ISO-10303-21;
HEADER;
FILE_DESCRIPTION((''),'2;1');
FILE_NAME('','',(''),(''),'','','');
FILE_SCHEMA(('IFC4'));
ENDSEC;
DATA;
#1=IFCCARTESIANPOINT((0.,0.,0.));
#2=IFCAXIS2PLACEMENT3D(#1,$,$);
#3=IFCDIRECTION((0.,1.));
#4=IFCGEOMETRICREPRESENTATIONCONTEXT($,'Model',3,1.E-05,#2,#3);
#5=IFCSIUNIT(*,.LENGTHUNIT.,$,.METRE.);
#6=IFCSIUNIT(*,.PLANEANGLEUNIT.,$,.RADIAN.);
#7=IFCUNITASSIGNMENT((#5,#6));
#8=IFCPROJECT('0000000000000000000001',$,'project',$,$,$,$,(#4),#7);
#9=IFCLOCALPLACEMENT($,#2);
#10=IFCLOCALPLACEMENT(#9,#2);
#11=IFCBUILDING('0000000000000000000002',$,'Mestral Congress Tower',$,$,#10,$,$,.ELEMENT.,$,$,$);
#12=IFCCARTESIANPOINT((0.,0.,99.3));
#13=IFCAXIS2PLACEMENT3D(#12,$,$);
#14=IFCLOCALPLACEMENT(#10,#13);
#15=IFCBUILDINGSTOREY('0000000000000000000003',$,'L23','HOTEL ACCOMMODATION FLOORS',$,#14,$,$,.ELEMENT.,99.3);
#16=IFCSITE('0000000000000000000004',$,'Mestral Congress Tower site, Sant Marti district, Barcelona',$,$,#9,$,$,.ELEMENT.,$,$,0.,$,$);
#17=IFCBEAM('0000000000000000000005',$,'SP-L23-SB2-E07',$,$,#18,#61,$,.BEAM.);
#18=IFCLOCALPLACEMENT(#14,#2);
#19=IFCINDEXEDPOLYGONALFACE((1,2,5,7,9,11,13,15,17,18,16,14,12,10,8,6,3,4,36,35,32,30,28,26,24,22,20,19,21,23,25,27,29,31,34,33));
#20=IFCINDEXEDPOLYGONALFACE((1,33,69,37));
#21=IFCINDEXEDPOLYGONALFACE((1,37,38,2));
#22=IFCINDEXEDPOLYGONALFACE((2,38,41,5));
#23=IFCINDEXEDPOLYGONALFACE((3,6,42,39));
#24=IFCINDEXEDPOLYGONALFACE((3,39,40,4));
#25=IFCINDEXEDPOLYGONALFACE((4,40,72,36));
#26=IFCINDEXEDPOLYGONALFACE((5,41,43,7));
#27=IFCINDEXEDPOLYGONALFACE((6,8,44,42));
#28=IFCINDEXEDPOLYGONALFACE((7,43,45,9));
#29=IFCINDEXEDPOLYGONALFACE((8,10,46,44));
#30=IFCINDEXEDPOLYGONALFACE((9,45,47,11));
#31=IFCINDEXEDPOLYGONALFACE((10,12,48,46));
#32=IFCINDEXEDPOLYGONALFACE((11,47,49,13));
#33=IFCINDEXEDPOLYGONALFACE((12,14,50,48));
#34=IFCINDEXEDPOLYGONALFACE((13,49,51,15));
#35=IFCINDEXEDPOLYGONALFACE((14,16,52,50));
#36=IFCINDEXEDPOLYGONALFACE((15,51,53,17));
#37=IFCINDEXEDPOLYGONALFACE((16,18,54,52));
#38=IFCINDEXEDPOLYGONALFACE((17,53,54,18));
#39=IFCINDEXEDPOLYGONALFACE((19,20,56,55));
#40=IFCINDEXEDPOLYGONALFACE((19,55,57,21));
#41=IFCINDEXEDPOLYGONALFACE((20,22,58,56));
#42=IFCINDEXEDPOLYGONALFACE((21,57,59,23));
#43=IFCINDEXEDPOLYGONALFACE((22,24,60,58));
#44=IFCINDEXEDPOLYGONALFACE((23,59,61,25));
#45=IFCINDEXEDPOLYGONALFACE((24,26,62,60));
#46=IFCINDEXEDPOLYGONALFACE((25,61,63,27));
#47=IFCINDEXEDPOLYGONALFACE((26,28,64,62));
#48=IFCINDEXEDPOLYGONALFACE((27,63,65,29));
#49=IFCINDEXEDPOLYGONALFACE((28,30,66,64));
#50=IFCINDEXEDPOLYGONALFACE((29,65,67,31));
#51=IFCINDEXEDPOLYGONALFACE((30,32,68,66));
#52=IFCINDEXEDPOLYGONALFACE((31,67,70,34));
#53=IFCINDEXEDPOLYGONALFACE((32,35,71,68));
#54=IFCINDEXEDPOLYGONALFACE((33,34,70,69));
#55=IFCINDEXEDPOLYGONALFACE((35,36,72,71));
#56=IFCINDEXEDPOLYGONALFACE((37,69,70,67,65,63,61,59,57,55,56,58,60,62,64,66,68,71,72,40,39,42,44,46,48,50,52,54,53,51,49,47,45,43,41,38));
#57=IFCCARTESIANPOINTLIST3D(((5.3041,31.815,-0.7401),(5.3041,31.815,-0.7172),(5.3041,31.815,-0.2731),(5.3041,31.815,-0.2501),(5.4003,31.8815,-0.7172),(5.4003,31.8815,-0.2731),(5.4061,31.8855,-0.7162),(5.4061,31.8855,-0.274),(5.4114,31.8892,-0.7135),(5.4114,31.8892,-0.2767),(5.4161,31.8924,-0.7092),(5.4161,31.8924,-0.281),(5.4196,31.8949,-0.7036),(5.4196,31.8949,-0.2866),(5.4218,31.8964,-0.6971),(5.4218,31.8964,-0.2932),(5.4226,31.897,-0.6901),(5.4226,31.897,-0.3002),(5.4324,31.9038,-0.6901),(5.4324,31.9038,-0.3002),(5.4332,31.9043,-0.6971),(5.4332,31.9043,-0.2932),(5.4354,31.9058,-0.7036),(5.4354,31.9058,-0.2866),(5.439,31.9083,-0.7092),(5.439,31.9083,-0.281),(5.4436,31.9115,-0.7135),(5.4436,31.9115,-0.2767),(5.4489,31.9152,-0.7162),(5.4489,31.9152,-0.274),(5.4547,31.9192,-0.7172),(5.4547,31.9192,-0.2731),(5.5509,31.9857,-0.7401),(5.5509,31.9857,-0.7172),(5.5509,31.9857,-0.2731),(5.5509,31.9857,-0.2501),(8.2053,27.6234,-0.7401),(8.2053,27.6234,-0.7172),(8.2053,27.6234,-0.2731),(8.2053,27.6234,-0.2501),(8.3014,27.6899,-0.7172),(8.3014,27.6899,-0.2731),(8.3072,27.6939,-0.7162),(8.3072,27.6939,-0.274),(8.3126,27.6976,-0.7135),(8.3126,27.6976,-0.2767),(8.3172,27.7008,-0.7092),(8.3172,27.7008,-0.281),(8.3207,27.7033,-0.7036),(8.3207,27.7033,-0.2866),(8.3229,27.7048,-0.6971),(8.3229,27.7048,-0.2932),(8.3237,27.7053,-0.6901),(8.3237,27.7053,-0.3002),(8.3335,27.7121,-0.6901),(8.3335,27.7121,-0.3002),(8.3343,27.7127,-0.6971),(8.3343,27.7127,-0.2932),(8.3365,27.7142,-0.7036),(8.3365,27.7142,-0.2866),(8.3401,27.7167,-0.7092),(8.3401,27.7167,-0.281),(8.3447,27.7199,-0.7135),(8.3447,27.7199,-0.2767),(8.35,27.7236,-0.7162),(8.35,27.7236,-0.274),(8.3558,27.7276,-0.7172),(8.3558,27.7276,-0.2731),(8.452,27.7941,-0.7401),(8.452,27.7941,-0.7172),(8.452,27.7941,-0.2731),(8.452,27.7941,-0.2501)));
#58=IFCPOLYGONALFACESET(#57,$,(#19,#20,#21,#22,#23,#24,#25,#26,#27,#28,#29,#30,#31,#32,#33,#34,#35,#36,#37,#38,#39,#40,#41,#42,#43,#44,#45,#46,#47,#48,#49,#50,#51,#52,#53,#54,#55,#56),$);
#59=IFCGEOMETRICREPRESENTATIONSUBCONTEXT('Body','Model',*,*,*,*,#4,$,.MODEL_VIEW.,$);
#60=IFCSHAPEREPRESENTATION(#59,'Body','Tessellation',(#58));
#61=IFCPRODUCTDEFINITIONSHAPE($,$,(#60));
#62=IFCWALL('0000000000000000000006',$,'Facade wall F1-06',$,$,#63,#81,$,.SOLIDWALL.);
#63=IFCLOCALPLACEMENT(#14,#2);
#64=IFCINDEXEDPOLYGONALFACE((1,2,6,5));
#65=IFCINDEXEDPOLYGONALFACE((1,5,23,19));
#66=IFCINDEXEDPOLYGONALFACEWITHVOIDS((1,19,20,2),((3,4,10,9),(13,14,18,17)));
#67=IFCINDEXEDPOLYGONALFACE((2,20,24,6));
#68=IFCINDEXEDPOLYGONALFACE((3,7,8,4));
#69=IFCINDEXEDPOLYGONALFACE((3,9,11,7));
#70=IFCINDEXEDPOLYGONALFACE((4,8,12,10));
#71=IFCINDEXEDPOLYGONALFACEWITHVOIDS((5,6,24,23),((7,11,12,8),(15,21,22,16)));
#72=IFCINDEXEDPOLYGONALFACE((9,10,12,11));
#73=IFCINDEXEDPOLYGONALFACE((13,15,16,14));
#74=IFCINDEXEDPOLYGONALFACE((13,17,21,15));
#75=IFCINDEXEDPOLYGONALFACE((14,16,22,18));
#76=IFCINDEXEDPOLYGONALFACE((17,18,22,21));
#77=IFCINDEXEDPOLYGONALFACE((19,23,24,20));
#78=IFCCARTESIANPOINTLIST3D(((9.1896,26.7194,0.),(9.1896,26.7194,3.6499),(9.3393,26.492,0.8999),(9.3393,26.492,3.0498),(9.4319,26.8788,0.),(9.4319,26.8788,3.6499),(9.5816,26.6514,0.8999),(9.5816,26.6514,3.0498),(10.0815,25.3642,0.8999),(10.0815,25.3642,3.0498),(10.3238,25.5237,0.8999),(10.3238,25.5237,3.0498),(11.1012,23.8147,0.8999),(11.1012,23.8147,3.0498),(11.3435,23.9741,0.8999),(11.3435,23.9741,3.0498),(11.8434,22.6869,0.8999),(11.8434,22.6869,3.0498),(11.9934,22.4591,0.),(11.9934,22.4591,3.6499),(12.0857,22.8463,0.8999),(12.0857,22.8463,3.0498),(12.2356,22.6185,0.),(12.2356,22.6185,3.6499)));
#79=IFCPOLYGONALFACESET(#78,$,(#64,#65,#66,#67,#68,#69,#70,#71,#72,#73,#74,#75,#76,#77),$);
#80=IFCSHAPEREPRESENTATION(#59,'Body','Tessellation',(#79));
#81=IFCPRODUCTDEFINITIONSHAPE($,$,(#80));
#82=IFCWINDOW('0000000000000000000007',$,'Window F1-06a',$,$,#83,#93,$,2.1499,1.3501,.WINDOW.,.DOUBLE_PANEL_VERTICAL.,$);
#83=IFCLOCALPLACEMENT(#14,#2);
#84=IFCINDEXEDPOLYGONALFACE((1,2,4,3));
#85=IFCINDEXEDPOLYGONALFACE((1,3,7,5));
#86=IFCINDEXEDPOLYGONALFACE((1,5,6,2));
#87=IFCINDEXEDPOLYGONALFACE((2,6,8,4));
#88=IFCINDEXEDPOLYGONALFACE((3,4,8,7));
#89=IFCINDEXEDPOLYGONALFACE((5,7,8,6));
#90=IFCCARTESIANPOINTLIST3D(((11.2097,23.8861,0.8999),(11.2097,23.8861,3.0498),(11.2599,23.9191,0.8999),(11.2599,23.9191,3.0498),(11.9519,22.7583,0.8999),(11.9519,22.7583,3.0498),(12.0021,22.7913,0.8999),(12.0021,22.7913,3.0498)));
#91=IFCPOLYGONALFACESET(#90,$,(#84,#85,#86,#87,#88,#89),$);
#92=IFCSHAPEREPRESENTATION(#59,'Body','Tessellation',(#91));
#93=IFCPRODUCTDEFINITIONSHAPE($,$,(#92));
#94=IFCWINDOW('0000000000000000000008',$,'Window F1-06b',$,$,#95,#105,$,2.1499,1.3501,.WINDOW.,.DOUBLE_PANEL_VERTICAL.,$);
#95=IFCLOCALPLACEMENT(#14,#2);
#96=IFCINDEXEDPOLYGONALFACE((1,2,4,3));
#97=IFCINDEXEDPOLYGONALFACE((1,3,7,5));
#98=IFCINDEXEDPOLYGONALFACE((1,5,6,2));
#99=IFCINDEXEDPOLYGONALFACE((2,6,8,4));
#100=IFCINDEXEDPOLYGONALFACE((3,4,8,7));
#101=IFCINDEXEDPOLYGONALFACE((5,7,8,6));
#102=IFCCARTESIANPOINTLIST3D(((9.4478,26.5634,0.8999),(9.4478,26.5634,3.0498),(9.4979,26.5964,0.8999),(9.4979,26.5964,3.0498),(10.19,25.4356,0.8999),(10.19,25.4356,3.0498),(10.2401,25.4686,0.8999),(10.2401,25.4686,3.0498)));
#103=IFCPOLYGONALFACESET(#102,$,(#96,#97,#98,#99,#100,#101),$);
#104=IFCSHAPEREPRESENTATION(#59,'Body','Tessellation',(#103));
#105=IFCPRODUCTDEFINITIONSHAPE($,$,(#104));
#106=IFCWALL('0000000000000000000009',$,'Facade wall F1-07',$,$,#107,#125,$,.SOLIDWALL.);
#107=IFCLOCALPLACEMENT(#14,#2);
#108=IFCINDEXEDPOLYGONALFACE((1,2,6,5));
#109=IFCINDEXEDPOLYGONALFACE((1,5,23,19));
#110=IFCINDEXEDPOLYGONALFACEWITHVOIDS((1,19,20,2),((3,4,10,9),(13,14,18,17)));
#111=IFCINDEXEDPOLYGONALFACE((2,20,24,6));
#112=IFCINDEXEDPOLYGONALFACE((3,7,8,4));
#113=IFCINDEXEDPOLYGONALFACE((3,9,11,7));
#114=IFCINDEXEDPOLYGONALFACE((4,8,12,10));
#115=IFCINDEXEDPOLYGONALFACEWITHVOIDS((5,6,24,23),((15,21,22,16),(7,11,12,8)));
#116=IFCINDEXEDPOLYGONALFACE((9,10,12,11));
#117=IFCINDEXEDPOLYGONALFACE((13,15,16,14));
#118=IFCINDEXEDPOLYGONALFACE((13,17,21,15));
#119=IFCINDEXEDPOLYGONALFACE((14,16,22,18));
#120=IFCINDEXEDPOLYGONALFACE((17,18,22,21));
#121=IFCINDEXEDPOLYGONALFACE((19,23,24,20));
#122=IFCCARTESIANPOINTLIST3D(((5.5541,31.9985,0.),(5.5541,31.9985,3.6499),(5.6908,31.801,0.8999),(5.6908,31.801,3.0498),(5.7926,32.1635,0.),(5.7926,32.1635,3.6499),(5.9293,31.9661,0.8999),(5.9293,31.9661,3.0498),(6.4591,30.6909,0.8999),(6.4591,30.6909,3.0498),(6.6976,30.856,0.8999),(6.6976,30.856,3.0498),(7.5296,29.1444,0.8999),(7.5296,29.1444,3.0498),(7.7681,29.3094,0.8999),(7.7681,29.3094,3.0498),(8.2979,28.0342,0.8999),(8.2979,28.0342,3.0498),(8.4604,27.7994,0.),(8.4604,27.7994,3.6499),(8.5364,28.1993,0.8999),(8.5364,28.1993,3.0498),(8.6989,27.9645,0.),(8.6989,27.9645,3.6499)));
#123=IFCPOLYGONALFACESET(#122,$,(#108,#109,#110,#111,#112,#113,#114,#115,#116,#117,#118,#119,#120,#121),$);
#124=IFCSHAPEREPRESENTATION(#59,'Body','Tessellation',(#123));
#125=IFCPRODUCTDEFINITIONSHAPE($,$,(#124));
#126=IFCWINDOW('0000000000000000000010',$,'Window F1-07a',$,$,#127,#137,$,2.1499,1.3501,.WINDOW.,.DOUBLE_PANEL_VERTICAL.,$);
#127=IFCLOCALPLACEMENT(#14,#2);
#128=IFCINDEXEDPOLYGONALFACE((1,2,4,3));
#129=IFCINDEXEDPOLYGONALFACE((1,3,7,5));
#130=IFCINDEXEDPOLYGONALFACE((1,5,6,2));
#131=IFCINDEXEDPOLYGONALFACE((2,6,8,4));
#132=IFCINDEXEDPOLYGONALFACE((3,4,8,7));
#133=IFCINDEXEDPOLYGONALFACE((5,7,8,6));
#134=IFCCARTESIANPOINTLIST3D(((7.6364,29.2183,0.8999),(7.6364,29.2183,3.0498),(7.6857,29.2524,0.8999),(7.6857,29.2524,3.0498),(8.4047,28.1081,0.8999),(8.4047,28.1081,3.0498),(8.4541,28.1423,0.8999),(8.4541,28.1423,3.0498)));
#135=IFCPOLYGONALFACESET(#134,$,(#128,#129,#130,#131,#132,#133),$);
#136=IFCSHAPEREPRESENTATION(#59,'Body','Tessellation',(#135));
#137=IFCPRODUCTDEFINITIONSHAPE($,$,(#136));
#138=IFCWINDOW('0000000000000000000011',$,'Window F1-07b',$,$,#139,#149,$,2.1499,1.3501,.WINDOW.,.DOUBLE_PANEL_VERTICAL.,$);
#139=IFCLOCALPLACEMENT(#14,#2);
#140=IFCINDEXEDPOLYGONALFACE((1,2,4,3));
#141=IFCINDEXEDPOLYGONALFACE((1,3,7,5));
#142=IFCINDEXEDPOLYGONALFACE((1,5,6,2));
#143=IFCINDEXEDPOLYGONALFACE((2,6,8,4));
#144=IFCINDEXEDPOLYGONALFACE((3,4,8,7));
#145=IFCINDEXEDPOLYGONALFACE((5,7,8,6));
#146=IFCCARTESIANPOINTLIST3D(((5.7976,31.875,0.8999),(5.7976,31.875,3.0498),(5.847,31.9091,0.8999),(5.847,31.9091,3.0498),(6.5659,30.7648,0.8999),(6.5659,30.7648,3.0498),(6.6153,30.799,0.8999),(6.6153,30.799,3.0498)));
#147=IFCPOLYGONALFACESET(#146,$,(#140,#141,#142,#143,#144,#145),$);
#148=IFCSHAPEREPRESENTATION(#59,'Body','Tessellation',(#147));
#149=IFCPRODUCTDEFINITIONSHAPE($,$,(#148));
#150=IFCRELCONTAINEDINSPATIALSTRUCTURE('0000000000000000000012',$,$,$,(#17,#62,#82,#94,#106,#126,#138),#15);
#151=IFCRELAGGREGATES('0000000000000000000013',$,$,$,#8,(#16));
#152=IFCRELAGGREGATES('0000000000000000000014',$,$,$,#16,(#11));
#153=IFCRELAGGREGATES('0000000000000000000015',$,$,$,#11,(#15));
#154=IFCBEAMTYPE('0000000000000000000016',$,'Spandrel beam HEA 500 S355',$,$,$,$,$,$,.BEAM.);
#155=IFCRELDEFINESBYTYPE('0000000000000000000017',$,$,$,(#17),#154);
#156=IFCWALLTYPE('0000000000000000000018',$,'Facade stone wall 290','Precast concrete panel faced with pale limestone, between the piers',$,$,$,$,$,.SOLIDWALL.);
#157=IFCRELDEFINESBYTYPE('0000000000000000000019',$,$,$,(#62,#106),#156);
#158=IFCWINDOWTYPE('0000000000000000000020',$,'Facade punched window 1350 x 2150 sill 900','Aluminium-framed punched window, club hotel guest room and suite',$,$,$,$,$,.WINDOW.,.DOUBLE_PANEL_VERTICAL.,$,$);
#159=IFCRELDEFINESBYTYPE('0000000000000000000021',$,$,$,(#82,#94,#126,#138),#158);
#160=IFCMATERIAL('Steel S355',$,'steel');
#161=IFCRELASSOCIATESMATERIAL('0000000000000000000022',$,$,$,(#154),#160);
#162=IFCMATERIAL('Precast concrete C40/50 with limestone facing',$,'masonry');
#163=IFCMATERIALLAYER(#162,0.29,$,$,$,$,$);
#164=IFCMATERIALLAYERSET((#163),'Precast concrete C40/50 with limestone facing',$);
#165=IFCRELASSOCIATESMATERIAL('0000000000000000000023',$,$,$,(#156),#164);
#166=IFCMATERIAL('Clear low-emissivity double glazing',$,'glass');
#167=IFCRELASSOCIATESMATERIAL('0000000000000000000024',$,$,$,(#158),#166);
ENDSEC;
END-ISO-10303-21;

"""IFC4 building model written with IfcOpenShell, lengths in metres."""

from ifc_helpers import new_model, si_unit, direction, frame, frame_2d, origin, origin_2d, place, context, subcontext, project, spatial, rectangle, i_section, extrude, material, layer, layer_set, material_profile, profile_set, type_object, element, fill, save


model = new_model("IFC4")

# Units and contexts
model_context = context("Model", 3, precision=1e-05, world=origin(), true_north=direction((0.0, 1.0)))
body_context = subcontext(model_context, "Body", "Model", "MODEL_VIEW")
ifc_project = project(units=[si_unit("LENGTHUNIT", "METRE"), si_unit("PLANEANGLEUNIT", "RADIAN")], contexts=[model_context])

# Site, building, storey
site_placement = place(None, origin())
site = spatial("IfcSite", under=ifc_project, at=site_placement, Name="Mestral Congress Tower site, Sant Marti district, Barcelona", CompositionType="ELEMENT", RefElevation=0.0)
building_placement = place(site_placement, origin())
building = spatial("IfcBuilding", under=site, at=building_placement, Name="Mestral Congress Tower", CompositionType="ELEMENT")
storey_placement = place(building_placement, frame((0.0, 0.0, 99.3)))
storey = spatial("IfcBuildingStorey", under=building, at=storey_placement, Name="L23", Description="HOTEL ACCOMMODATION FLOORS", CompositionType="ELEMENT", Elevation=99.3)

# Beam
ifc_material_1 = material(Name="Steel S355", Category="steel")
ifc_material_profile_1 = material_profile(ifc_material_1, i_section(OverallWidth=0.3, OverallDepth=0.49, WebThickness=0.012, FlangeThickness=0.0229, FilletRadius=0.0271, at=origin_2d()), Name="HEA 500")
ifc_profile_set_1 = profile_set([ifc_material_profile_1], Name="Steel S355")
beam_type_1 = type_object("IfcBeamType", Name="Spandrel beam HEA 500 S355", PredefinedType="BEAM", material=ifc_profile_set_1)
beam_1_placement = place(storey_placement, frame((8.3286, 27.7087, -0.4951), z_axis=(-0.569105, 0.822265, 0.0), x_axis=(-0.822265, -0.569105, 0.0)))
element("IfcBeam", 1, at=beam_1_placement, inside=storey, type_object=beam_type_1, Name="SP-L23-SB2-E07", PredefinedType="BEAM", context=body_context, shape_type="SweptSolid", body=[
    extrude(i_section(OverallWidth=0.3, OverallDepth=0.49, WebThickness=0.012, FlangeThickness=0.0229, FilletRadius=0.0271, at=origin_2d()), origin(), (0.0, 0.0, 1.0), 5.0977),
])

# Walls, openings, windows
ifc_material_2 = material(Name="Precast concrete C40/50 with limestone facing", Category="masonry")
ifc_layer_1 = layer(ifc_material_2, 0.29)
ifc_layer_set_1 = layer_set([ifc_layer_1], Name="Precast concrete C40/50 with limestone facing")
wall_type_1 = type_object("IfcWallType", Name="Facade stone wall 290", Description="Precast concrete panel faced with pale limestone, between the piers", PredefinedType="SOLIDWALL", material=ifc_layer_set_1)
wall_1_placement = place(storey_placement, frame((12.1145, 22.5388, 0.0), z_axis=(0.0, 0.0, 1.0), x_axis=(-0.549741, 0.835335, 0.0)))
wall_1 = element("IfcWall", 2, at=wall_1_placement, inside=storey, type_object=wall_type_1, Name="Facade wall F1-06", PredefinedType="SOLIDWALL", context=body_context, shape_type="SweptSolid", body=[
    extrude(rectangle(XDim=5.1001, YDim=0.29, at=frame_2d((2.55, 0.0))), origin(), (0.0, 0.0, 1.0), 3.6499),
])
opening_1_placement = place(wall_1_placement, frame((0.2727, 0.0, 0.8999)))
opening_1 = element("IfcOpeningElement", 3, at=opening_1_placement, cuts=wall_1, PredefinedType="OPENING", context=body_context, shape_type="SweptSolid", body=[
    extrude(rectangle(XDim=1.3501, YDim=2.1499, at=frame_2d((0.675, 1.075))), frame((0.0, 0.155, 0.0), z_axis=(0.0, -1.0, 0.0), x_axis=(1.0, 0.0, 0.0)), (0.0, 0.0, 1.0), 0.3101),
])
opening_2_placement = place(wall_1_placement, frame((3.4778, 0.0, 0.8999)))
opening_2 = element("IfcOpeningElement", 4, at=opening_2_placement, cuts=wall_1, PredefinedType="OPENING", context=body_context, shape_type="SweptSolid", body=[
    extrude(rectangle(XDim=1.3501, YDim=2.1499, at=frame_2d((0.675, 1.075))), frame((0.0, 0.155, 0.0), z_axis=(0.0, -1.0, 0.0), x_axis=(1.0, 0.0, 0.0)), (0.0, 0.0, 1.0), 0.3101),
])
ifc_material_3 = material(Name="Clear low-emissivity double glazing", Category="glass")
window_type = type_object("IfcWindowType", Name="Facade punched window 1350 x 2150 sill 900", Description="Aluminium-framed punched window, club hotel guest room and suite", PartitioningType="DOUBLE_PANEL_VERTICAL", PredefinedType="WINDOW", material=ifc_material_3)
window_1_placement = place(opening_1_placement, origin())
window_1 = element("IfcWindow", 5, at=window_1_placement, inside=storey, type_object=window_type, Name="Window F1-06a", OverallHeight=2.1499, OverallWidth=1.3501, PartitioningType="DOUBLE_PANEL_VERTICAL", PredefinedType="WINDOW", context=body_context, shape_type="SweptSolid", body=[
    extrude(rectangle(XDim=1.3501, YDim=2.1499, at=frame_2d((0.675, 1.075))), frame((0.0, 0.0151, 0.0), z_axis=(0.0, -1.0, 0.0), x_axis=(1.0, 0.0, 0.0)), (0.0, 0.0, 1.0), 0.0601),
])
fill(opening_1, window_1)
window_2_placement = place(opening_2_placement, origin())
window_2 = element("IfcWindow", 6, at=window_2_placement, inside=storey, type_object=window_type, Name="Window F1-06b", OverallHeight=2.1499, OverallWidth=1.3501, PartitioningType="DOUBLE_PANEL_VERTICAL", PredefinedType="WINDOW", context=body_context, shape_type="SweptSolid", body=[
    extrude(rectangle(XDim=1.3501, YDim=2.1499, at=frame_2d((0.675, 1.075))), frame((0.0, 0.0151, 0.0), z_axis=(0.0, -1.0, 0.0), x_axis=(1.0, 0.0, 0.0)), (0.0, 0.0, 1.0), 0.0601),
])
fill(opening_2, window_2)
wall_2_placement = place(storey_placement, frame((8.5796, 27.8821, 0.0), z_axis=(0.0, 0.0, 1.0), x_axis=(-0.569113, 0.822259, 0.0)))
wall_2 = element("IfcWall", 7, at=wall_2_placement, inside=storey, type_object=wall_type_1, Name="Facade wall F1-07", PredefinedType="SOLIDWALL", context=body_context, shape_type="SweptSolid", body=[
    extrude(rectangle(XDim=5.1067, YDim=0.29, at=frame_2d((2.5532, 0.0))), origin(), (0.0, 0.0, 1.0), 3.6499),
])
opening_3_placement = place(wall_2_placement, frame((0.2854, 0.0, 0.8999)))
opening_3 = element("IfcOpeningElement", 8, at=opening_3_placement, cuts=wall_2, PredefinedType="OPENING", context=body_context, shape_type="SweptSolid", body=[
    extrude(rectangle(XDim=1.3501, YDim=2.1499, at=frame_2d((0.675, 1.075))), frame((0.0, 0.155, 0.0), z_axis=(0.0, -1.0, 0.0), x_axis=(1.0, 0.0, 0.0)), (0.0, 0.0, 1.0), 0.3101),
])
opening_4_placement = place(wall_2_placement, frame((3.5164, 0.0, 0.8999)))
opening_4 = element("IfcOpeningElement", 9, at=opening_4_placement, cuts=wall_2, PredefinedType="OPENING", context=body_context, shape_type="SweptSolid", body=[
    extrude(rectangle(XDim=1.3501, YDim=2.1499, at=frame_2d((0.675, 1.075))), frame((0.0, 0.155, 0.0), z_axis=(0.0, -1.0, 0.0), x_axis=(1.0, 0.0, 0.0)), (0.0, 0.0, 1.0), 0.3101),
])
window_3_placement = place(opening_3_placement, origin())
window_3 = element("IfcWindow", 10, at=window_3_placement, inside=storey, type_object=window_type, Name="Window F1-07a", OverallHeight=2.1499, OverallWidth=1.3501, PartitioningType="DOUBLE_PANEL_VERTICAL", PredefinedType="WINDOW", context=body_context, shape_type="SweptSolid", body=[
    extrude(rectangle(XDim=1.3501, YDim=2.1499, at=frame_2d((0.675, 1.075))), frame((0.0, 0.0151, 0.0), z_axis=(0.0, -1.0, 0.0), x_axis=(1.0, 0.0, 0.0)), (0.0, 0.0, 1.0), 0.0601),
])
fill(opening_3, window_3)
window_4_placement = place(opening_4_placement, origin())
window_4 = element("IfcWindow", 11, at=window_4_placement, inside=storey, type_object=window_type, Name="Window F1-07b", OverallHeight=2.1499, OverallWidth=1.3501, PartitioningType="DOUBLE_PANEL_VERTICAL", PredefinedType="WINDOW", context=body_context, shape_type="SweptSolid", body=[
    extrude(rectangle(XDim=1.3501, YDim=2.1499, at=frame_2d((0.675, 1.075))), frame((0.0, 0.0151, 0.0), z_axis=(0.0, -1.0, 0.0), x_axis=(1.0, 0.0, 0.0)), (0.0, 0.0, 1.0), 0.0601),
])
fill(opening_4, window_4)

save(model, "model.ifc")
